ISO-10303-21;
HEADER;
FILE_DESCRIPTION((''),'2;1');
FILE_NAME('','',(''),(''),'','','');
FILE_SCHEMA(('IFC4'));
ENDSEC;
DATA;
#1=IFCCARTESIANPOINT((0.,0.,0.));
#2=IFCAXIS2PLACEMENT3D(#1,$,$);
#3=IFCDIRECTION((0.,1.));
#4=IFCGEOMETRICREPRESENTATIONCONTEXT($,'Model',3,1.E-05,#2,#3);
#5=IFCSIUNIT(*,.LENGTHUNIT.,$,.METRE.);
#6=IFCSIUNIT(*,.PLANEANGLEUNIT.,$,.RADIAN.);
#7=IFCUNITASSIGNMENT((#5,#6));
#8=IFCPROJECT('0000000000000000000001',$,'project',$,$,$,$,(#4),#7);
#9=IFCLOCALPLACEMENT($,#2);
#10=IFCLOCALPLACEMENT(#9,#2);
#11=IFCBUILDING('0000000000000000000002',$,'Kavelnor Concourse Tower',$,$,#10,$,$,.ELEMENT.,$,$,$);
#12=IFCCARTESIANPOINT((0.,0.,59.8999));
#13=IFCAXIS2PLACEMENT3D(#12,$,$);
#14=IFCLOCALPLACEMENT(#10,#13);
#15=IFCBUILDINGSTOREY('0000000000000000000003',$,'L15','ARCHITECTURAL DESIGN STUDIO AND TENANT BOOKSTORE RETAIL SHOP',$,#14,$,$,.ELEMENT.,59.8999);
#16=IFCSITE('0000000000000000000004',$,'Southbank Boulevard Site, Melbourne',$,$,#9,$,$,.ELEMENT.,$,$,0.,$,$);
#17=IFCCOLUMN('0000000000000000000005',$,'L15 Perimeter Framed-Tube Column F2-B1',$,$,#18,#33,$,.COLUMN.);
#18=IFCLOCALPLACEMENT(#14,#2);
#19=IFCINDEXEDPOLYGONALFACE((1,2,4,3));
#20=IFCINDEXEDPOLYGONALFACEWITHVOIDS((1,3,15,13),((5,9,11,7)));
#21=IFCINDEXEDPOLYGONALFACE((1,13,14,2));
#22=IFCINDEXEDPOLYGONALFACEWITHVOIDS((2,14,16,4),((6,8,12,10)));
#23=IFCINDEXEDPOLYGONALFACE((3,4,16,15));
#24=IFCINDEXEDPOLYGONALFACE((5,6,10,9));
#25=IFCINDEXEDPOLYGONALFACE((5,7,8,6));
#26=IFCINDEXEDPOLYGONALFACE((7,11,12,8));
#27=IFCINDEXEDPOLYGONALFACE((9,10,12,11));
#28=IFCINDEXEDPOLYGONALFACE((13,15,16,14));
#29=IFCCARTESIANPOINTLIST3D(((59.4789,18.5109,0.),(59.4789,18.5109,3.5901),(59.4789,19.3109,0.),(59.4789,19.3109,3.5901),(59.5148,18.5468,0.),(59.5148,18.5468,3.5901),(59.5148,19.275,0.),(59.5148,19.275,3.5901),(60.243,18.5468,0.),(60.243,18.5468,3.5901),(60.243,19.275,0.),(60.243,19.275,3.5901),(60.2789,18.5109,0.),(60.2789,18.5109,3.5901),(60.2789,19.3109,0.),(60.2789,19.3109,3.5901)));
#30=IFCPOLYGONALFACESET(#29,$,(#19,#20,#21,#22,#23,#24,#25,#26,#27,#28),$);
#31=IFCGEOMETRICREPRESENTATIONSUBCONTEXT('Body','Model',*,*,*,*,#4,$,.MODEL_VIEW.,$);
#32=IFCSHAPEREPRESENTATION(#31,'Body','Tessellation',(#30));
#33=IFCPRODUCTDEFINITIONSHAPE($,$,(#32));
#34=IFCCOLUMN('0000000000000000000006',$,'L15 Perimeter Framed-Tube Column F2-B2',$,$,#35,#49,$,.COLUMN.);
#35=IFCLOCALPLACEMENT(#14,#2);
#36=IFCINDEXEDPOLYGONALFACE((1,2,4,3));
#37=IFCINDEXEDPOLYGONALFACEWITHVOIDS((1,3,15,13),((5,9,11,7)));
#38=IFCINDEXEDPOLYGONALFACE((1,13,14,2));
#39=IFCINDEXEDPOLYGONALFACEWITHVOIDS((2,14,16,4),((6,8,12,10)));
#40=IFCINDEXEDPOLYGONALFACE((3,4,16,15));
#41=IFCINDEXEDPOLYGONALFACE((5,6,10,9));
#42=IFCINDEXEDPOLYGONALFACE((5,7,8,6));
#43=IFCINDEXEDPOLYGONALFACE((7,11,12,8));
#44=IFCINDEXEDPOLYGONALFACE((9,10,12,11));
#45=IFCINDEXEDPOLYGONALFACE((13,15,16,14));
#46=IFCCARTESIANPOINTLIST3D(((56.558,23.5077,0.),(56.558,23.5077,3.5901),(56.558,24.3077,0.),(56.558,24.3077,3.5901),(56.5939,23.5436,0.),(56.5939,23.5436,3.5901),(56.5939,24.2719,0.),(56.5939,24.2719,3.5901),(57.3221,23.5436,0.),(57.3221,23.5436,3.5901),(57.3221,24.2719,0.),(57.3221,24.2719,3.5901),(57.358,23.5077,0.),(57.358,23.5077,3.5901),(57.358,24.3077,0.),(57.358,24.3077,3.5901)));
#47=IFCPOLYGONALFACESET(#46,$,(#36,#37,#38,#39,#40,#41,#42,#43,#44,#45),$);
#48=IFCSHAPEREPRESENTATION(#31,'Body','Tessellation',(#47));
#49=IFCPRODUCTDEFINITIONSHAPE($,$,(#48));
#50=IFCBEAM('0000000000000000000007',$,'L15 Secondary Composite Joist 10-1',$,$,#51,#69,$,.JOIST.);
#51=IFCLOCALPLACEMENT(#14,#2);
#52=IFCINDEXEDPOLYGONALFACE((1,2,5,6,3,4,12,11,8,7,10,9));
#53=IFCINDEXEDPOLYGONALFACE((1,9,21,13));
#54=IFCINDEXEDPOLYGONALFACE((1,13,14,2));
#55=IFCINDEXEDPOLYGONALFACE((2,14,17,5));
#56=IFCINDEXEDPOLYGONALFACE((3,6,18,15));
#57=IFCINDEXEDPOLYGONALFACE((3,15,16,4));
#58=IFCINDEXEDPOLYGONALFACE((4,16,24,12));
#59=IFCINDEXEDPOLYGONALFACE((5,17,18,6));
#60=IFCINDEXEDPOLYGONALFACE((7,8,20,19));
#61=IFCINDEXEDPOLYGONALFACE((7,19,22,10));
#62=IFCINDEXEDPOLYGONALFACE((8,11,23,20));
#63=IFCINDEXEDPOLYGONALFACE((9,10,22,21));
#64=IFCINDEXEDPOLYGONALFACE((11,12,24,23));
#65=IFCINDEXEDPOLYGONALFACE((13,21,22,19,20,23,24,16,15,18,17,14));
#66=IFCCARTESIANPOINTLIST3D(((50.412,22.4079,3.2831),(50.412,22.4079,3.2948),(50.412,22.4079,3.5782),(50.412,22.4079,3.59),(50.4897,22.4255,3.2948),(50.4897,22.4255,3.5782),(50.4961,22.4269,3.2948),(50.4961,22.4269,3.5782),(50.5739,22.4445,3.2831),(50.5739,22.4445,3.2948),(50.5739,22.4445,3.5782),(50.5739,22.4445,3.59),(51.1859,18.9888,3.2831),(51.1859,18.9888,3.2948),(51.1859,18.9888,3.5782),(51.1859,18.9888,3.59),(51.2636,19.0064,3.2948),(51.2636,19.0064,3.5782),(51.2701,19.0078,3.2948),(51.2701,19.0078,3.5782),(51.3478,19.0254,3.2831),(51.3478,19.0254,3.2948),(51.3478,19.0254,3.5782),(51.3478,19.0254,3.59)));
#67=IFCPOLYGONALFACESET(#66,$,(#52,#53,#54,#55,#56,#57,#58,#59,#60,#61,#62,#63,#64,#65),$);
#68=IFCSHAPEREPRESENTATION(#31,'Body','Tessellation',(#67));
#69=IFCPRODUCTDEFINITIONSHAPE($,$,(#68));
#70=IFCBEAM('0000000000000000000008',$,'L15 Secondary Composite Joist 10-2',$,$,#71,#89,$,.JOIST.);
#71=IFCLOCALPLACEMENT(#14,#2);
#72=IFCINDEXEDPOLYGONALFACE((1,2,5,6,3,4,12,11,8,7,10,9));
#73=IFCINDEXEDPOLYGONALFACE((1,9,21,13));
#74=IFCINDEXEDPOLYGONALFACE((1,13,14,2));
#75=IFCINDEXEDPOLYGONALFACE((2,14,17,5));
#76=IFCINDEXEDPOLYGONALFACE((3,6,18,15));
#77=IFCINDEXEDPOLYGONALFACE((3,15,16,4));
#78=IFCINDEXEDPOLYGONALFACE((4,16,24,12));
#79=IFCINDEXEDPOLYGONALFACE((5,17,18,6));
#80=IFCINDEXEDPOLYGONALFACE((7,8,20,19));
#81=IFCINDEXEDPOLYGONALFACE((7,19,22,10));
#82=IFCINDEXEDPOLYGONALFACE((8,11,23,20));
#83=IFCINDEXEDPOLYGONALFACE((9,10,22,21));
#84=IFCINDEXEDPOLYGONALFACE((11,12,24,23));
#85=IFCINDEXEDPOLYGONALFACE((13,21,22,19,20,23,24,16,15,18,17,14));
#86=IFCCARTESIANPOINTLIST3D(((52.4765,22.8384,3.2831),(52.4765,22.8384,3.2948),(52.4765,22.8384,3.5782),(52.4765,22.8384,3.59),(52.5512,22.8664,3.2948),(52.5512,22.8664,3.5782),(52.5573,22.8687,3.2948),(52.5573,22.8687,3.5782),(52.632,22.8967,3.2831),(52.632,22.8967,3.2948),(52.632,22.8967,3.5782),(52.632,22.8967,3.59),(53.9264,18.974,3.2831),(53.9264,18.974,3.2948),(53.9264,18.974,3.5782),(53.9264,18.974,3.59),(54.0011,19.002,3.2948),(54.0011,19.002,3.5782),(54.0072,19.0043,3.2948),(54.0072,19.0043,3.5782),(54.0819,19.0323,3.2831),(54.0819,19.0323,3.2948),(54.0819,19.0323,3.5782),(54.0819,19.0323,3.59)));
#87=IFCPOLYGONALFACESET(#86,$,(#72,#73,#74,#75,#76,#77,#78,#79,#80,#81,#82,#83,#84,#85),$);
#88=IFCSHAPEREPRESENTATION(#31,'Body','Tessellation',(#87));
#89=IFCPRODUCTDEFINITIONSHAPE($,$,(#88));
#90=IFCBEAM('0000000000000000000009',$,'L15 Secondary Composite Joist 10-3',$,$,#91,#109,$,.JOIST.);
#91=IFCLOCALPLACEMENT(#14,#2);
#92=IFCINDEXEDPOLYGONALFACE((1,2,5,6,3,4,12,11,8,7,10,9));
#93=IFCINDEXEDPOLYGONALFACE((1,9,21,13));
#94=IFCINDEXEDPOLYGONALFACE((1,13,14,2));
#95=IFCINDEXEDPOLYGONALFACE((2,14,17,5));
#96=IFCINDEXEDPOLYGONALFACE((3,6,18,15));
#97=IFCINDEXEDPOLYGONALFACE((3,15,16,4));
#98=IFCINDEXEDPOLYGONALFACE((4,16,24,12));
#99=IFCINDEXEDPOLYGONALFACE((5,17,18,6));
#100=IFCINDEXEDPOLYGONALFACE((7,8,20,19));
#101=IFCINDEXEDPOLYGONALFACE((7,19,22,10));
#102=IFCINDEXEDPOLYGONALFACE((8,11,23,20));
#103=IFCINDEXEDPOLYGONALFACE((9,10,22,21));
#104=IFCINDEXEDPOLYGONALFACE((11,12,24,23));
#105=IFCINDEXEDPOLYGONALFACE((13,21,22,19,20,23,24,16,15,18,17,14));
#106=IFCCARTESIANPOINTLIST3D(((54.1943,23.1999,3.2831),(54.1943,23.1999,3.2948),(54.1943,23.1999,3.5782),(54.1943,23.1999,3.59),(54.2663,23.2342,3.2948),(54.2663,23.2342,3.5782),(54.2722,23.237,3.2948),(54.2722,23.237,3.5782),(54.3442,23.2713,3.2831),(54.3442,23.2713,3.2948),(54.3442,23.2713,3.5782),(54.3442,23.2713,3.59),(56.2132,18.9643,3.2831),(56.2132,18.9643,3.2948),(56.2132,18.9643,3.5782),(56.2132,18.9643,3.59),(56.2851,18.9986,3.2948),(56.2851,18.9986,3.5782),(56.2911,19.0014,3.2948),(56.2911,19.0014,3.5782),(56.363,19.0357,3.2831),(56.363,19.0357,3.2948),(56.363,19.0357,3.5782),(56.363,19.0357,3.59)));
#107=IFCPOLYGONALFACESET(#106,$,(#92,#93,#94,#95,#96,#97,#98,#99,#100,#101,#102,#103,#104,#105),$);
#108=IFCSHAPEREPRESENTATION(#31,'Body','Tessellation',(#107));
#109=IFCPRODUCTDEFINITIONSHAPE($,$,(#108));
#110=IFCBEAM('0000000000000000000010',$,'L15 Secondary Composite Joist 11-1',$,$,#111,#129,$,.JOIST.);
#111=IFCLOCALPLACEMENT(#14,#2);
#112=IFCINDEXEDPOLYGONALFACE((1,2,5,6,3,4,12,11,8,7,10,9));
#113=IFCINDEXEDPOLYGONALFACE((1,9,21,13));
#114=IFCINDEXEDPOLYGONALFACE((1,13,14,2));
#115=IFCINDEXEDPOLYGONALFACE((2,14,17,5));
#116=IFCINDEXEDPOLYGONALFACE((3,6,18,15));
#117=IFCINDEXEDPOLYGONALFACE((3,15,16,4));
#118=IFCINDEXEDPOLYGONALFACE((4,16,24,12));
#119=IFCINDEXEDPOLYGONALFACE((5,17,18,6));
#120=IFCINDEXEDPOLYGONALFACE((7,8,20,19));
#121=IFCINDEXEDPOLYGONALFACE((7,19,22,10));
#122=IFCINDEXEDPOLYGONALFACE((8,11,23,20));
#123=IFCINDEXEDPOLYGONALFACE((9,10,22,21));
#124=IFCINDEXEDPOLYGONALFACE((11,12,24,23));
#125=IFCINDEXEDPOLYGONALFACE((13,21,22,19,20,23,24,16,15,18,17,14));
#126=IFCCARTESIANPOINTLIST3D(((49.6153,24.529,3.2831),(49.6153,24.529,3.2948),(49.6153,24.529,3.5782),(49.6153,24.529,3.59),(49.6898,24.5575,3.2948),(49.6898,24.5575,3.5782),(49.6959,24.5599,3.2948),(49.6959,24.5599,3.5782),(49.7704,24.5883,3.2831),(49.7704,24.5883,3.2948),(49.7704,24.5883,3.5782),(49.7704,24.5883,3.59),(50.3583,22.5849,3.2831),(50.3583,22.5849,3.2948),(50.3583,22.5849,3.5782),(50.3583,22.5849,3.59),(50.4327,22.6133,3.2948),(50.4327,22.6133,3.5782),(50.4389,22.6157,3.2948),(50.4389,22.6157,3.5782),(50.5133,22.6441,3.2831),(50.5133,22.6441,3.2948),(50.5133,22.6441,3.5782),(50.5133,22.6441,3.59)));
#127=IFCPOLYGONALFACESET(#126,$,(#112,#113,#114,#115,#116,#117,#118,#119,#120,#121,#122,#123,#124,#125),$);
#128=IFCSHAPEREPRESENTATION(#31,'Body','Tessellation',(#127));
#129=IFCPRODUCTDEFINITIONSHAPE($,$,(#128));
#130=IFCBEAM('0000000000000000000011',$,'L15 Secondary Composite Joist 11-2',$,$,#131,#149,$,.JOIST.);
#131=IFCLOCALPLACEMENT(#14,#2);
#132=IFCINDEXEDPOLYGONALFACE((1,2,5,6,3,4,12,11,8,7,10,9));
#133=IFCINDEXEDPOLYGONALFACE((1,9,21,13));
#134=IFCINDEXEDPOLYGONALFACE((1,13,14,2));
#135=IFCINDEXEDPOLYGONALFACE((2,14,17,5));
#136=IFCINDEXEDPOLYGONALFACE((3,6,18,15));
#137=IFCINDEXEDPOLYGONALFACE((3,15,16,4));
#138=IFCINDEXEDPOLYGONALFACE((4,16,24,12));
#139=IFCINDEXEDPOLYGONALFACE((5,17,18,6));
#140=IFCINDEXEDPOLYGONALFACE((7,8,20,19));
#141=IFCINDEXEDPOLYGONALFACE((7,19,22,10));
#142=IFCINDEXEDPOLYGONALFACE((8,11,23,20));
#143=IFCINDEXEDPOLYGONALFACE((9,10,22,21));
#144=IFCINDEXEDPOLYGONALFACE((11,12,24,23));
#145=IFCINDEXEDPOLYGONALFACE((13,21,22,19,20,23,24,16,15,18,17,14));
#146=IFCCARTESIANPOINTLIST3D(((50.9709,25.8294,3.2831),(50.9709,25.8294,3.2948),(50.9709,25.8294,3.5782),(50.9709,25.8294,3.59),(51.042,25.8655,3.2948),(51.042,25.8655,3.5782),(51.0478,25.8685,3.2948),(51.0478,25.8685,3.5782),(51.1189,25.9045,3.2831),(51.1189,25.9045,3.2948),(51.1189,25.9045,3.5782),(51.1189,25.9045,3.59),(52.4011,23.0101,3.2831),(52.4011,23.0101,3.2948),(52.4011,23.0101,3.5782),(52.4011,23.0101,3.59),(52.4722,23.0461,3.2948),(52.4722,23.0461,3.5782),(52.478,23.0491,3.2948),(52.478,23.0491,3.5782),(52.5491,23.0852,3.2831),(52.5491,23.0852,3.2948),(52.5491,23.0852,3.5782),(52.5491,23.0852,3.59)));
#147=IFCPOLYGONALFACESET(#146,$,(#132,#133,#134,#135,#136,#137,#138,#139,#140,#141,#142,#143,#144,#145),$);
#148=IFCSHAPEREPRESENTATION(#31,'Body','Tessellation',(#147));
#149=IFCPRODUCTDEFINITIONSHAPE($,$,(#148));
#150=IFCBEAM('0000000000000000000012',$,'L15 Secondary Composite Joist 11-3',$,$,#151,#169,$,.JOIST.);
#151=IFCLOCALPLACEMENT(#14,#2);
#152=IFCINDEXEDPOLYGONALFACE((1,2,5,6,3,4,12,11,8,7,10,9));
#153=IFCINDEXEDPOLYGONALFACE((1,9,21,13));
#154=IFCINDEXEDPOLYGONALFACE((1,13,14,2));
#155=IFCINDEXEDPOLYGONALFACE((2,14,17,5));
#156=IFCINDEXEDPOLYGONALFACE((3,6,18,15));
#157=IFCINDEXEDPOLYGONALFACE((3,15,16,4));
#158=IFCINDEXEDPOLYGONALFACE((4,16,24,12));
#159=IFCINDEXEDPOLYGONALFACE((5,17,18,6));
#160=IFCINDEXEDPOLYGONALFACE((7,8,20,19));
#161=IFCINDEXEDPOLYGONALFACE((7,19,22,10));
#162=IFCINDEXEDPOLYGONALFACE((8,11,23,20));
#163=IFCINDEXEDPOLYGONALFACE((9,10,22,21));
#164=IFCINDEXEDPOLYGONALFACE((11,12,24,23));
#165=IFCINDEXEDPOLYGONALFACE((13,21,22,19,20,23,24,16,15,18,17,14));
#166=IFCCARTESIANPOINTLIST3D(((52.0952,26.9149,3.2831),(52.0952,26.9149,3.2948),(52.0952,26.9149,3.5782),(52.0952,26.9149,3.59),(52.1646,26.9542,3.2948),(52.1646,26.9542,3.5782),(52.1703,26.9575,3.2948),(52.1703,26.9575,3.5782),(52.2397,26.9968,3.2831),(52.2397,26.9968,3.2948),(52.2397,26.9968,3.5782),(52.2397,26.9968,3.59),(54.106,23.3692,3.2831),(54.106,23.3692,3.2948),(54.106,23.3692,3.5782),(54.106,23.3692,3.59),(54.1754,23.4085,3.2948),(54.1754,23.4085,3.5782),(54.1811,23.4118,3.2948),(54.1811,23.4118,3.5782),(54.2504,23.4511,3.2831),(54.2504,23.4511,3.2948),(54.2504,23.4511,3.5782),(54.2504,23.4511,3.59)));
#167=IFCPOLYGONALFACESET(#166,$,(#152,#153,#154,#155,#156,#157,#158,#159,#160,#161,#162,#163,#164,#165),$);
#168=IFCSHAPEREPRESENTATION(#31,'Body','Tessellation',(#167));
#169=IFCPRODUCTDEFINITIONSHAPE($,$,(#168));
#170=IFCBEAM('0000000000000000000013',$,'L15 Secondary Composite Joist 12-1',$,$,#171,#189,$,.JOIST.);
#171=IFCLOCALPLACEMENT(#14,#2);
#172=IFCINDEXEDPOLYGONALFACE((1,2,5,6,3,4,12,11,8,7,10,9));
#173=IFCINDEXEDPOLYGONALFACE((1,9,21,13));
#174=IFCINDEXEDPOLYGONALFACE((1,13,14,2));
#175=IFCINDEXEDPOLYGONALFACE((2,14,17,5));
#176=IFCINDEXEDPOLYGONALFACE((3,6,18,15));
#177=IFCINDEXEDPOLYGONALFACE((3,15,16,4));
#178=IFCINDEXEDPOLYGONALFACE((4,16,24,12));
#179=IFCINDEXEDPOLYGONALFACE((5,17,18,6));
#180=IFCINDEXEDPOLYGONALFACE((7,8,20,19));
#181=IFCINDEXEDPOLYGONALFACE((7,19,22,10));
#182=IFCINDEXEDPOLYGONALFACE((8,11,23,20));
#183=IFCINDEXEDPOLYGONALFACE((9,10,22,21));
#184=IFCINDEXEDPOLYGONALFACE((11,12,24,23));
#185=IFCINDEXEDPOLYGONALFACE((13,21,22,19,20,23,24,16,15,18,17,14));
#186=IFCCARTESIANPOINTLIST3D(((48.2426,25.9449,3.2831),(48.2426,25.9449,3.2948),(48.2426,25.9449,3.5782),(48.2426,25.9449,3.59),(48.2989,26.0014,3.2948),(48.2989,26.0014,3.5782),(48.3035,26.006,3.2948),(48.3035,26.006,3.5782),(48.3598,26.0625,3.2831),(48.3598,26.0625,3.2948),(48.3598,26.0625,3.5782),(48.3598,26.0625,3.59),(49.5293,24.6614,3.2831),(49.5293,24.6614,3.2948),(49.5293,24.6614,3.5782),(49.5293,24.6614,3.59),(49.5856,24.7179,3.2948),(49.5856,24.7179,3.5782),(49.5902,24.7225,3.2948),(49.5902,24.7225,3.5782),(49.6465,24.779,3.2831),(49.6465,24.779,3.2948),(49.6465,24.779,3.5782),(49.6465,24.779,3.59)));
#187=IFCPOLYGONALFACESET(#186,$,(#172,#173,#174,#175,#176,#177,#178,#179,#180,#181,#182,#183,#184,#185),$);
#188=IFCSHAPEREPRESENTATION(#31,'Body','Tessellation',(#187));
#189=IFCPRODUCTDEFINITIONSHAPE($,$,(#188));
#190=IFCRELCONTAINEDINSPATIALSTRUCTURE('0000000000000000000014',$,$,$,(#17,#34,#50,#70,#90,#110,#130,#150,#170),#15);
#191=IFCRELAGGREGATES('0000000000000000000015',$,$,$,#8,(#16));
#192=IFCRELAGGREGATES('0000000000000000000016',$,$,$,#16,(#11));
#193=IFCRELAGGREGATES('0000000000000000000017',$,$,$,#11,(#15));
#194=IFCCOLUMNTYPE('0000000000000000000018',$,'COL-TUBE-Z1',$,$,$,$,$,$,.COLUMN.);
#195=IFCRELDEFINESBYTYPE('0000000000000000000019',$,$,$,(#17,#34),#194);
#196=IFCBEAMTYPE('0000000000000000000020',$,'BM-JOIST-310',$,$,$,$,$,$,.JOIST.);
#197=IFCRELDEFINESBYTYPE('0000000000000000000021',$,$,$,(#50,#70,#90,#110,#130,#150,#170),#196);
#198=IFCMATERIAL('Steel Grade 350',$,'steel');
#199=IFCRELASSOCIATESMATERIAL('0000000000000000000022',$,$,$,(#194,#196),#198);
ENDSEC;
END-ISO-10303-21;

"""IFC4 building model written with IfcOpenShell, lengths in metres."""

from ifc_helpers import new_model, si_unit, direction, frame, origin, origin_2d, place, context, subcontext, project, spatial, hollow_rectangle, i_section, extrude, material, material_profile, profile_set, type_object, element, save


model = new_model("IFC4")

# Units and contexts
model_context = context("Model", 3, precision=1e-05, world=origin(), true_north=direction((0.0, 1.0)))
body_context = subcontext(model_context, "Body", "Model", "MODEL_VIEW")
ifc_project = project(units=[si_unit("LENGTHUNIT", "METRE"), si_unit("PLANEANGLEUNIT", "RADIAN")], contexts=[model_context])

# Site, building, storey
site_placement = place(None, origin())
site = spatial("IfcSite", under=ifc_project, at=site_placement, Name="Southbank Boulevard Site, Melbourne", CompositionType="ELEMENT", RefElevation=0.0)
building_placement = place(site_placement, origin())
building = spatial("IfcBuilding", under=site, at=building_placement, Name="Kavelnor Concourse Tower", CompositionType="ELEMENT")
storey_placement = place(building_placement, frame((0.0, 0.0, 59.8999)))
storey = spatial("IfcBuildingStorey", under=building, at=storey_placement, Name="L15", Description="ARCHITECTURAL DESIGN STUDIO AND TENANT BOOKSTORE RETAIL SHOP", CompositionType="ELEMENT", Elevation=59.8999)

# Columns
ifc_material_1 = material(Name="Steel Grade 350", Category="steel")
ifc_material_profile_1 = material_profile(ifc_material_1, hollow_rectangle(XDim=0.8, YDim=0.8, WallThickness=0.0359, at=origin_2d()), Name="SHS 800x800x36")
ifc_profile_set_1 = profile_set([ifc_material_profile_1], Name="Steel Grade 350")
column_type = type_object("IfcColumnType", Name="COL-TUBE-Z1", PredefinedType="COLUMN", material=ifc_profile_set_1)
for number, where, z_axis, x_axis, name in (
    (1, (59.8789, 18.9109, 0.0), (0.0, 0.0, 1.0), (1.0, 0.0, 0.0), "L15 Perimeter Framed-Tube Column F2-B1"),
    (2, (56.958, 23.9077, 0.0), (0.0, 0.0, 1.0), (1.0, 0.0, 0.0), "L15 Perimeter Framed-Tube Column F2-B2"),
):
    element("IfcColumn", number, at=place(storey_placement, frame(where, z_axis=z_axis, x_axis=x_axis)), inside=storey, type_object=column_type, Name=name, PredefinedType="COLUMN", context=body_context, shape_type="SweptSolid", body=[
        extrude(hollow_rectangle(XDim=0.8, YDim=0.8, WallThickness=0.0359, at=origin_2d()), origin(), (0.0, 0.0, 1.0), 3.5901),
    ])

# Beams
ifc_material_profile_2 = material_profile(ifc_material_1, i_section(OverallWidth=0.166, OverallDepth=0.3069, WebThickness=0.0066, FlangeThickness=0.0117, at=origin_2d()), Name="310UB46")
ifc_profile_set_2 = profile_set([ifc_material_profile_2], Name="Steel Grade 350")
beam_type_1 = type_object("IfcBeamType", Name="BM-JOIST-310", PredefinedType="JOIST", material=ifc_profile_set_2)
beam_1_placement = place(storey_placement, frame((51.2668, 19.0071, 3.4365), z_axis=(-0.220763, 0.975327, 0.0), x_axis=(-0.975327, -0.220763, 0.0)))
element("IfcBeam", 3, at=beam_1_placement, inside=storey, type_object=beam_type_1, Name="L15 Secondary Composite Joist 10-1", PredefinedType="JOIST", context=body_context, shape_type="SweptSolid", body=[
    extrude(i_section(OverallWidth=0.166, OverallDepth=0.3069, WebThickness=0.0066, FlangeThickness=0.0117, at=origin_2d()), origin(), (0.0, 0.0, 1.0), 3.5056),
])
beam_2_placement = place(storey_placement, frame((54.0042, 19.0032, 3.4365), z_axis=(-0.351285, 0.936268, 0.0), x_axis=(-0.936268, -0.351285, 0.0)))
element("IfcBeam", 4, at=beam_2_placement, inside=storey, type_object=beam_type_1, Name="L15 Secondary Composite Joist 10-2", PredefinedType="JOIST", context=body_context, shape_type="SweptSolid", body=[
    extrude(i_section(OverallWidth=0.166, OverallDepth=0.3069, WebThickness=0.0066, FlangeThickness=0.0117, at=origin_2d()), origin(), (0.0, 0.0, 1.0), 4.1274),
])
beam_3_placement = place(storey_placement, frame((56.2881, 19.0, 3.4365), z_axis=(-0.430255, 0.902708, 0.0), x_axis=(-0.902708, -0.430255, 0.0)))
element("IfcBeam", 5, at=beam_3_placement, inside=storey, type_object=beam_type_1, Name="L15 Secondary Composite Joist 10-3", PredefinedType="JOIST", context=body_context, shape_type="SweptSolid", body=[
    extrude(i_section(OverallWidth=0.166, OverallDepth=0.3069, WebThickness=0.0066, FlangeThickness=0.0117, at=origin_2d()), origin(), (0.0, 0.0, 1.0), 4.6921),
])
beam_4_placement = place(storey_placement, frame((50.4358, 22.6145, 3.4365), z_axis=(-0.356966, 0.934117, 0.0), x_axis=(-0.934117, -0.356966, 0.0)))
element("IfcBeam", 6, at=beam_4_placement, inside=storey, type_object=beam_type_1, Name="L15 Secondary Composite Joist 11-1", PredefinedType="JOIST", context=body_context, shape_type="SweptSolid", body=[
    extrude(i_section(OverallWidth=0.166, OverallDepth=0.3069, WebThickness=0.0066, FlangeThickness=0.0117, at=origin_2d()), origin(), (0.0, 0.0, 1.0), 2.0813),
])
beam_5_placement = place(storey_placement, frame((52.4751, 23.0476, 3.4365), z_axis=(-0.452396, 0.891817, 0.0), x_axis=(-0.891817, -0.452396, 0.0)))
element("IfcBeam", 7, at=beam_5_placement, inside=storey, type_object=beam_type_1, Name="L15 Secondary Composite Joist 11-2", PredefinedType="JOIST", context=body_context, shape_type="SweptSolid", body=[
    extrude(i_section(OverallWidth=0.166, OverallDepth=0.3069, WebThickness=0.0066, FlangeThickness=0.0117, at=origin_2d()), origin(), (0.0, 0.0, 1.0), 3.1614),
])
beam_6_placement = place(storey_placement, frame((54.1782, 23.4102, 3.4365), z_axis=(-0.493298, 0.86986, 0.0), x_axis=(-0.86986, -0.493298, 0.0)))
element("IfcBeam", 8, at=beam_6_placement, inside=storey, type_object=beam_type_1, Name="L15 Secondary Composite Joist 11-3", PredefinedType="JOIST", context=body_context, shape_type="SweptSolid", body=[
    extrude(i_section(OverallWidth=0.166, OverallDepth=0.3069, WebThickness=0.0066, FlangeThickness=0.0117, at=origin_2d()), origin(), (0.0, 0.0, 1.0), 4.0762),
])
beam_7_placement = place(storey_placement, frame((49.5879, 24.7202, 3.4365), z_axis=(-0.707979, 0.706233, 0.0), x_axis=(-0.706233, -0.707979, 0.0)))
element("IfcBeam", 9, at=beam_7_placement, inside=storey, type_object=beam_type_1, Name="L15 Secondary Composite Joist 12-1", PredefinedType="JOIST", context=body_context, shape_type="SweptSolid", body=[
    extrude(i_section(OverallWidth=0.166, OverallDepth=0.3069, WebThickness=0.0066, FlangeThickness=0.0117, at=origin_2d()), origin(), (0.0, 0.0, 1.0), 1.8174),
])

save(model, "model.ifc")
